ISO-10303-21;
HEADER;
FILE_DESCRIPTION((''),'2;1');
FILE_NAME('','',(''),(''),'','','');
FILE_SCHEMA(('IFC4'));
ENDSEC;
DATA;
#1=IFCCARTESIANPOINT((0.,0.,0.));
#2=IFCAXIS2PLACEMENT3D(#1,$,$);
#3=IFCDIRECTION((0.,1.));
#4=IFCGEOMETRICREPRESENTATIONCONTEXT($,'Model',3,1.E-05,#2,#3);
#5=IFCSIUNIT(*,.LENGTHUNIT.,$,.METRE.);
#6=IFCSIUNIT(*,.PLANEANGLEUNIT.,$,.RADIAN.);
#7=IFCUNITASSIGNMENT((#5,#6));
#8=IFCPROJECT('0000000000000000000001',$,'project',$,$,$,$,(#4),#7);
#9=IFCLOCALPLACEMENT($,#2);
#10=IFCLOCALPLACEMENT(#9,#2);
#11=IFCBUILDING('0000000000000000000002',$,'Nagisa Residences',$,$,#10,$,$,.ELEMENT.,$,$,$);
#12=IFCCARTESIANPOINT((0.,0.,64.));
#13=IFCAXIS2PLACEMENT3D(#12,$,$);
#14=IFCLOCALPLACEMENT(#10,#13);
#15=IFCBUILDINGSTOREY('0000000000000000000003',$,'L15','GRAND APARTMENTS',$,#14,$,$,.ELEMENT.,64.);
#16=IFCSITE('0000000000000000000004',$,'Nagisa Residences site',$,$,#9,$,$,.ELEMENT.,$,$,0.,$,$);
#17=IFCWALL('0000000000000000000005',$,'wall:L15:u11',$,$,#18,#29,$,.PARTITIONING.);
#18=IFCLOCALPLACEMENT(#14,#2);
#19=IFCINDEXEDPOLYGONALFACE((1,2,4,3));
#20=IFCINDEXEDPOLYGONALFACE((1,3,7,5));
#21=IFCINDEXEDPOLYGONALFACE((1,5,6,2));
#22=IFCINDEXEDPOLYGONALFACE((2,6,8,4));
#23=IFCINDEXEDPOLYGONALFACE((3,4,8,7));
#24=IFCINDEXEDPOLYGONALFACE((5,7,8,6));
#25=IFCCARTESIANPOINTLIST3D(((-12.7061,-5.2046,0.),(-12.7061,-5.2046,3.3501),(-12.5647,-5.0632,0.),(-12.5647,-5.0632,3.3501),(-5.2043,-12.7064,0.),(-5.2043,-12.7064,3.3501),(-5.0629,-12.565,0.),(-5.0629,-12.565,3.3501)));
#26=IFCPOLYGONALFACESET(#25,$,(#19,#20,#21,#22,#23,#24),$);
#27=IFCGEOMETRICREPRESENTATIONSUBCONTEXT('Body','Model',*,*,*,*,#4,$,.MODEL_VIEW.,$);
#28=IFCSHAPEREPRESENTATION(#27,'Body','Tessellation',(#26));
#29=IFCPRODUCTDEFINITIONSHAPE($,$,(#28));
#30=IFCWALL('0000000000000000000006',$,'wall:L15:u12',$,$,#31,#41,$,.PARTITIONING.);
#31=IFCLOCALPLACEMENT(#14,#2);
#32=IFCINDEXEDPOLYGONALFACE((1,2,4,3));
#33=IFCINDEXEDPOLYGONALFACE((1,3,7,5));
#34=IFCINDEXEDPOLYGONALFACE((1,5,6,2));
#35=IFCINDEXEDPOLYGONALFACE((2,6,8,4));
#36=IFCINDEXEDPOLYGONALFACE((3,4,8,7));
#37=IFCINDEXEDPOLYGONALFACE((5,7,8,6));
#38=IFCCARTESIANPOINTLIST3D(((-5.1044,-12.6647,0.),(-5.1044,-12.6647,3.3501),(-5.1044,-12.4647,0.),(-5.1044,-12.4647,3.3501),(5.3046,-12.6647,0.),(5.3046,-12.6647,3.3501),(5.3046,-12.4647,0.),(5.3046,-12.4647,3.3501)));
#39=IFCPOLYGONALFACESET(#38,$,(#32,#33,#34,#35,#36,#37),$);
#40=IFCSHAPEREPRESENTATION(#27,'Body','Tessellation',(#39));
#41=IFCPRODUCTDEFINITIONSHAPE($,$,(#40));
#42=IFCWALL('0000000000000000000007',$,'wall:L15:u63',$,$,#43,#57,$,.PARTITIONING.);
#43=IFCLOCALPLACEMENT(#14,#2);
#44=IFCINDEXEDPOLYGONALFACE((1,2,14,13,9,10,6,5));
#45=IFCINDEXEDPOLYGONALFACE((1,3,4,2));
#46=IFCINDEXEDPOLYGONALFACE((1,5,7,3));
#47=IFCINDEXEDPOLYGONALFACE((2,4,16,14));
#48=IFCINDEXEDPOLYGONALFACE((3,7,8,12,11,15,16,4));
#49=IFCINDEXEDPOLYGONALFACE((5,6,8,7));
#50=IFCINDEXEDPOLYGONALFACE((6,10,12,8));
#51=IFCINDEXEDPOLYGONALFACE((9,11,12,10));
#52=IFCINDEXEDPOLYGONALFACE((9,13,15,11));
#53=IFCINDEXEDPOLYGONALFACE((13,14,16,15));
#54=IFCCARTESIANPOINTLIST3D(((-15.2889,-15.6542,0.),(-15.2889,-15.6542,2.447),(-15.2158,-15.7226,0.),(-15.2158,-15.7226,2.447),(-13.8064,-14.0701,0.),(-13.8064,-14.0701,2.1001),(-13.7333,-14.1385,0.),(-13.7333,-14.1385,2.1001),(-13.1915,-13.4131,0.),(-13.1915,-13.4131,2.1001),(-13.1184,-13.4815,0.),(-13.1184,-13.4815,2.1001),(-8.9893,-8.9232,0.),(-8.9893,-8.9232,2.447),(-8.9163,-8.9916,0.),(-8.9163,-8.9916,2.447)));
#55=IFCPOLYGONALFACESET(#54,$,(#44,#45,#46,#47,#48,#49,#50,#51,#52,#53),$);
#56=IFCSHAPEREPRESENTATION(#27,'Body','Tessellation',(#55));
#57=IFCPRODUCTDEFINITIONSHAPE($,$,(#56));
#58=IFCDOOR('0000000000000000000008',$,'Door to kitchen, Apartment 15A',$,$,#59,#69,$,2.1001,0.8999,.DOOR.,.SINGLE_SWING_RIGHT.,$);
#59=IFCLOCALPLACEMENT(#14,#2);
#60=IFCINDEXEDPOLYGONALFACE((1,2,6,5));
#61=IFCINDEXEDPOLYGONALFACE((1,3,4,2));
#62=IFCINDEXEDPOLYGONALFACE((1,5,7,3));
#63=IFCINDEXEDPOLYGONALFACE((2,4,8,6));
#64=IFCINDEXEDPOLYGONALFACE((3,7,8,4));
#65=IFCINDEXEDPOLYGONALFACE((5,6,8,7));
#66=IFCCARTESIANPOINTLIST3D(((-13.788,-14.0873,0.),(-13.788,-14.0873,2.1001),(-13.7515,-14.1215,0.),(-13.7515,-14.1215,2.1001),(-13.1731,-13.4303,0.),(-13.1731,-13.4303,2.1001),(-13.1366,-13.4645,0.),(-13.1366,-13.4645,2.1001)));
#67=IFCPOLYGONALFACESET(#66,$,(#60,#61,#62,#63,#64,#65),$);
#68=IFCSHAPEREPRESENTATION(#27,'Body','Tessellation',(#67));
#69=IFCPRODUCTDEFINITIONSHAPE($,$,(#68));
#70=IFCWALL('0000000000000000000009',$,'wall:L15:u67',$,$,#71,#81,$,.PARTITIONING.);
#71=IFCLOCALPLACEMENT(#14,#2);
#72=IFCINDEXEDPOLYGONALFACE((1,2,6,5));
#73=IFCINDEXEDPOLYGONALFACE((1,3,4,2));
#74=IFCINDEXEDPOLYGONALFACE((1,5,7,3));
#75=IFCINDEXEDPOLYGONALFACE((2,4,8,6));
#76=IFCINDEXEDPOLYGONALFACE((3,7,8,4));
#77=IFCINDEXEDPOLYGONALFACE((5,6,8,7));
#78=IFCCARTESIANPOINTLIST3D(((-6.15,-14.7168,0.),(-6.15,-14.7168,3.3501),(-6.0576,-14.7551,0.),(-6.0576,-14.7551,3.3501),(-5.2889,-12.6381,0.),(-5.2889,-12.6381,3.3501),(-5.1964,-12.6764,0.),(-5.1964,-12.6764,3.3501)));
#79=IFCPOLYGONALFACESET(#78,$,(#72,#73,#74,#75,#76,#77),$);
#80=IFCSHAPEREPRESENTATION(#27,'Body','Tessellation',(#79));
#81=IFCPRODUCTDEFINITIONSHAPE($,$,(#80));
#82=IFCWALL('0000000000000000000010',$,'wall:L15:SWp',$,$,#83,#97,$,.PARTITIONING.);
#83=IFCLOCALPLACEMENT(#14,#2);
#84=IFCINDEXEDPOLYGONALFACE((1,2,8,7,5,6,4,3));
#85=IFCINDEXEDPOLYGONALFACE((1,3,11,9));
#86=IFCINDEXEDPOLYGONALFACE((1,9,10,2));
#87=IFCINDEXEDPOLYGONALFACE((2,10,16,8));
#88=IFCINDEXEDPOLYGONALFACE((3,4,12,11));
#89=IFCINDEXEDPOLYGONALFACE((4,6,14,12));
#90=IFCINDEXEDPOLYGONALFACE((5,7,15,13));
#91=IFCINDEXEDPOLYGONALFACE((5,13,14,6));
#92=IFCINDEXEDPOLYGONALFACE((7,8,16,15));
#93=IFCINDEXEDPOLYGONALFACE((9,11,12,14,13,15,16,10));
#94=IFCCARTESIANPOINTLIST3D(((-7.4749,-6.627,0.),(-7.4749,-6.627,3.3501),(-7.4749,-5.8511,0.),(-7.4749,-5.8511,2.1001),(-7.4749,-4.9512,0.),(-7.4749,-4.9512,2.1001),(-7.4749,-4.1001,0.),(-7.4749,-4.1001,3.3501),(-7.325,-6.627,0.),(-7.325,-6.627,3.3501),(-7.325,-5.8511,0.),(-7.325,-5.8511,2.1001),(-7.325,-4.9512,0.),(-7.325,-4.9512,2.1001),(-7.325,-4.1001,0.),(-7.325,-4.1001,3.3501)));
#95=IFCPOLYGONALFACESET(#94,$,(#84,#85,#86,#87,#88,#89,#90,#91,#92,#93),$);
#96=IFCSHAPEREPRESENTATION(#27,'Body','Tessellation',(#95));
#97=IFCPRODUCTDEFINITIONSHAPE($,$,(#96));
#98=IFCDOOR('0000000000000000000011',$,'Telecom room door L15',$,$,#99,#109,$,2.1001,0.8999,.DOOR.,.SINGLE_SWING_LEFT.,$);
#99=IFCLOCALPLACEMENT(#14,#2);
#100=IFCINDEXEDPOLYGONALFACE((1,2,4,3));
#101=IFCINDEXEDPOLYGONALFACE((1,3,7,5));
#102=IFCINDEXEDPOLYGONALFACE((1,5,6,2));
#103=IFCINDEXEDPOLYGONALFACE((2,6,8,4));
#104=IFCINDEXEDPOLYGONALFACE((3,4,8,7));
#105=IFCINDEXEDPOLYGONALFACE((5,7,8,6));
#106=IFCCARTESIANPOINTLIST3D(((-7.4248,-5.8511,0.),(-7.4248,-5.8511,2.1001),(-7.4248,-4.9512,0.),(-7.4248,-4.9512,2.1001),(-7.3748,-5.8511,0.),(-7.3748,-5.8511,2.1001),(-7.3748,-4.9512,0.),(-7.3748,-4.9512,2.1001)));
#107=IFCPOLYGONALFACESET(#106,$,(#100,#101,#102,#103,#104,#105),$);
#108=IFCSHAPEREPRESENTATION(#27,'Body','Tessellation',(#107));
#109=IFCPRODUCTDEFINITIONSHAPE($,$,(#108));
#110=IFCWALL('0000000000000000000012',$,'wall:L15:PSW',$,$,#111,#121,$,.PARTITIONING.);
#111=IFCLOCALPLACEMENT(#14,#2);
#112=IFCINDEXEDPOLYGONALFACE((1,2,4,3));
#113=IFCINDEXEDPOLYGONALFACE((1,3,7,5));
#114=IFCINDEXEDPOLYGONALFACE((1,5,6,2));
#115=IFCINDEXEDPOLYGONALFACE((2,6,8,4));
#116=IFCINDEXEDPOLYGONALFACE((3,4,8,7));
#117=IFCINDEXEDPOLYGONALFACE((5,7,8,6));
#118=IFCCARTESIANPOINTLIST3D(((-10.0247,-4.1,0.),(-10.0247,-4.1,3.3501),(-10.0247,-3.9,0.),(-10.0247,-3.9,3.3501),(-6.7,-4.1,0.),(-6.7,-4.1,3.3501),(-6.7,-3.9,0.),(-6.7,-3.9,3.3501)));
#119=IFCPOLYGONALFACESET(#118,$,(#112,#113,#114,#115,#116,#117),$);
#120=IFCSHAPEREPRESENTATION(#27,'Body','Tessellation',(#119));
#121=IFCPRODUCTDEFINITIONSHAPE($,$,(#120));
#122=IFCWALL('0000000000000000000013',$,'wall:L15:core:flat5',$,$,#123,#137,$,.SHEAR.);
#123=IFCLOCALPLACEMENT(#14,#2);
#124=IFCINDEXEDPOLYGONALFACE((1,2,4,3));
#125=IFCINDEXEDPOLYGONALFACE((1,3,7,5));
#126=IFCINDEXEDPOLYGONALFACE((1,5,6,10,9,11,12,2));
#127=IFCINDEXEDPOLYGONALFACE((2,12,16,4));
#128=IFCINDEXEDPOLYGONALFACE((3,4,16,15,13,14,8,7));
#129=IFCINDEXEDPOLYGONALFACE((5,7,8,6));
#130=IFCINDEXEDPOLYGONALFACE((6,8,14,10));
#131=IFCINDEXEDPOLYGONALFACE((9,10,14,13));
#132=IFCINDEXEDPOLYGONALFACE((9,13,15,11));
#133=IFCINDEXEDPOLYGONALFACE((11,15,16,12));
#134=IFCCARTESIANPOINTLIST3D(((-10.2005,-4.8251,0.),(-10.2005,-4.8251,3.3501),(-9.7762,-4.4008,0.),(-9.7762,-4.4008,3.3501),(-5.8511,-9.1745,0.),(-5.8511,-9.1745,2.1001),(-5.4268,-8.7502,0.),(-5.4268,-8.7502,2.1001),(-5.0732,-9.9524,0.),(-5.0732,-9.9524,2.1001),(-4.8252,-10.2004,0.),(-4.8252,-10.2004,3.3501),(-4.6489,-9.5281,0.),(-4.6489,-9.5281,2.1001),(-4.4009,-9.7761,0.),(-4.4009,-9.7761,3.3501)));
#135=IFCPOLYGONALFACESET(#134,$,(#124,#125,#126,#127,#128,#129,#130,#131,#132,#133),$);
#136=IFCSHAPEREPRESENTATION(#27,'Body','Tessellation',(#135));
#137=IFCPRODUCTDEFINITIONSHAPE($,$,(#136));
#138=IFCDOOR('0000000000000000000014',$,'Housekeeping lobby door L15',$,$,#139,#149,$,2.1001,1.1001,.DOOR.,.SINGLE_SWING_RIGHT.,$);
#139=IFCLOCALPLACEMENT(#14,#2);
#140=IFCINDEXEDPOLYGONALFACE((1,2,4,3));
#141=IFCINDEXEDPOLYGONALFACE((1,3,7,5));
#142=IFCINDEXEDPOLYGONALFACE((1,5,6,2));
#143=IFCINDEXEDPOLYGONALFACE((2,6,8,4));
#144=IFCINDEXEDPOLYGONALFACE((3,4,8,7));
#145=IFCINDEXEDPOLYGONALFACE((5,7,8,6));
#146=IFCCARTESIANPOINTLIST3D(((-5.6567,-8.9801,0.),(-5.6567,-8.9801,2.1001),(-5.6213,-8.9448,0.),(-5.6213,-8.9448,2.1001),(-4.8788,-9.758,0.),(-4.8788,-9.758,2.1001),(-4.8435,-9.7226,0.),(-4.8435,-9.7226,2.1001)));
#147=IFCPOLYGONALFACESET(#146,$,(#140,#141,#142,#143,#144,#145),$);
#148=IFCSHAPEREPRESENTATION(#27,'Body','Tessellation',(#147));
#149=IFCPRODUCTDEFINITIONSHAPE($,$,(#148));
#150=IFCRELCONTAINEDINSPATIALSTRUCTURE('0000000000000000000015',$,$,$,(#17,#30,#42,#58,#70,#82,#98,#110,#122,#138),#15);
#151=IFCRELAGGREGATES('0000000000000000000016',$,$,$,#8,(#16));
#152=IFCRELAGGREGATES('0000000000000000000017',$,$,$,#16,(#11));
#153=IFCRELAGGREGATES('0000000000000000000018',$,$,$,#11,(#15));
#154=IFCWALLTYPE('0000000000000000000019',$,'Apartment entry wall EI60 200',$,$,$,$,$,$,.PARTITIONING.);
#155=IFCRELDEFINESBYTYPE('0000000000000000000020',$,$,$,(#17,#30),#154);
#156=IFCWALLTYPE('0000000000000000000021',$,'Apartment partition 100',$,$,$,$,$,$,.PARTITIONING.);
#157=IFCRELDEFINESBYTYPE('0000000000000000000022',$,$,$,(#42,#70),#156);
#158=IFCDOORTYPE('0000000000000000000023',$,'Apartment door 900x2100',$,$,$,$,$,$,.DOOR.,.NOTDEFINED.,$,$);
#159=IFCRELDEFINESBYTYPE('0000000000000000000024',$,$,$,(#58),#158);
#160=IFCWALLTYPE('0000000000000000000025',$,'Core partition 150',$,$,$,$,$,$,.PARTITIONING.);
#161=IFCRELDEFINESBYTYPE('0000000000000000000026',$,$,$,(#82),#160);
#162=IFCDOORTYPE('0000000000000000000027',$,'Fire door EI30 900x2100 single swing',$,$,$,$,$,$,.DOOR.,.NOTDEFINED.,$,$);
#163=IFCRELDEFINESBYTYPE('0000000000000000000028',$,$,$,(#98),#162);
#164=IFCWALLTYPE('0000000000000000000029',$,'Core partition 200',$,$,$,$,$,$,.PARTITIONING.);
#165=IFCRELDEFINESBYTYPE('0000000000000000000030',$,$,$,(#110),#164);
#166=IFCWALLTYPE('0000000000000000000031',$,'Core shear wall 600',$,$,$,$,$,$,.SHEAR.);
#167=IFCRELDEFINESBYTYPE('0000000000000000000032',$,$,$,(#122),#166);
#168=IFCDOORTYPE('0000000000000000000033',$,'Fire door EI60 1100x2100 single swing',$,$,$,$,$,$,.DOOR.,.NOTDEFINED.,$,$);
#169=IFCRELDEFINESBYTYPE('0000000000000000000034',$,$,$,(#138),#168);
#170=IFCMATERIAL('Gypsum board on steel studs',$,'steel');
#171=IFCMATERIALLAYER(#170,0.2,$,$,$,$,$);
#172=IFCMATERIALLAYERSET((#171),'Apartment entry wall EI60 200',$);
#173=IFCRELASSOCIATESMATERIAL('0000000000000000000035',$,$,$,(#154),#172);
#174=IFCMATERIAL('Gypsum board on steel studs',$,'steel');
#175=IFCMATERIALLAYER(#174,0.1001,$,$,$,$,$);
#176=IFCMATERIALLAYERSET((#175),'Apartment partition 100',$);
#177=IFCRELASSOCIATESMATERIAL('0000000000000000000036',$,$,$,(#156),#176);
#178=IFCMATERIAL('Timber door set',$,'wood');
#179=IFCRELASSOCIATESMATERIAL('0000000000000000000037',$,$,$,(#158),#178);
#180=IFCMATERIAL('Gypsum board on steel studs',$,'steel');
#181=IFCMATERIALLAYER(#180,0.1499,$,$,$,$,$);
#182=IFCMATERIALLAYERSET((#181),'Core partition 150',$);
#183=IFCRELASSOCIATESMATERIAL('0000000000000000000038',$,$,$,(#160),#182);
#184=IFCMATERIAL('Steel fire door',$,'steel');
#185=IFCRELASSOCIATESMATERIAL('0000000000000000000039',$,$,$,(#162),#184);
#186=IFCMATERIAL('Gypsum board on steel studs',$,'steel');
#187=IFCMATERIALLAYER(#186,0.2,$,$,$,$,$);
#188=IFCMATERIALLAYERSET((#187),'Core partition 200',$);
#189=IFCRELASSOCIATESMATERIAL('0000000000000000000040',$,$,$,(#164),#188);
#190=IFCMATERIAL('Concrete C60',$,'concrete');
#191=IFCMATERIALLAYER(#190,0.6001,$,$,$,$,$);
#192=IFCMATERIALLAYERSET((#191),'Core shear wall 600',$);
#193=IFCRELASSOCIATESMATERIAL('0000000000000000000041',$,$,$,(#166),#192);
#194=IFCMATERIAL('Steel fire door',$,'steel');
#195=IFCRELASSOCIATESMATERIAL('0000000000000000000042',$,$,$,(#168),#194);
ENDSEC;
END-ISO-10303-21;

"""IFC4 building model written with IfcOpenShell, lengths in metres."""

from ifc_helpers import new_model, si_unit, direction, frame, frame_2d, origin, place, context, subcontext, project, spatial, rectangle, extrude, material, layer, layer_set, type_object, element, fill, save


model = new_model("IFC4")

# Units and contexts
model_context = context("Model", 3, precision=1e-05, world=origin(), true_north=direction((0.0, 1.0)))
body_context = subcontext(model_context, "Body", "Model", "MODEL_VIEW")
ifc_project = project(units=[si_unit("LENGTHUNIT", "METRE"), si_unit("PLANEANGLEUNIT", "RADIAN")], contexts=[model_context])

# Site, building, storey
site_placement = place(None, origin())
site = spatial("IfcSite", under=ifc_project, at=site_placement, Name="Nagisa Residences site", CompositionType="ELEMENT", RefElevation=0.0)
building_placement = place(site_placement, origin())
building = spatial("IfcBuilding", under=site, at=building_placement, Name="Nagisa Residences", CompositionType="ELEMENT")
storey_placement = place(building_placement, frame((0.0, 0.0, 64.0)))
storey = spatial("IfcBuildingStorey", under=building, at=storey_placement, Name="L15", Description="GRAND APARTMENTS", CompositionType="ELEMENT", Elevation=64.0)

# Walls
ifc_material_1 = material(Name="Gypsum board on steel studs", Category="steel")
ifc_layer_1 = layer(ifc_material_1, 0.2)
ifc_layer_set_1 = layer_set([ifc_layer_1], Name="Apartment entry wall EI60 200")
wall_type_1 = type_object("IfcWallType", Name="Apartment entry wall EI60 200", PredefinedType="PARTITIONING", material=ifc_layer_set_1)
wall_1_placement = place(storey_placement, frame((-12.6355, -5.1338, 0.0), z_axis=(0.0, 0.0, 1.0), x_axis=(0.707107, -0.707107, 0.0)))
element("IfcWall", 1, at=wall_1_placement, inside=storey, type_object=wall_type_1, Name="wall:L15:u11", PredefinedType="PARTITIONING", context=body_context, shape_type="SweptSolid", body=[
    extrude(rectangle(XDim=10.6091, YDim=0.2, at=frame_2d((5.3047, 0.0))), origin(), (0.0, 0.0, 1.0), 3.3501),
])
wall_2_placement = place(storey_placement, frame((-5.1045, -12.5647, 0.0), z_axis=(0.0, 0.0, 1.0), x_axis=(1.0, 0.0, 0.0)))
element("IfcWall", 2, at=wall_2_placement, inside=storey, type_object=wall_type_1, Name="wall:L15:u12", PredefinedType="PARTITIONING", context=body_context, shape_type="SweptSolid", body=[
    extrude(rectangle(XDim=10.4089, YDim=0.2, at=frame_2d((5.2046, 0.0))), origin(), (0.0, 0.0, 1.0), 3.3501),
])

# Wall, opening, door
ifc_material_2 = material(Name="Gypsum board on steel studs", Category="steel")
ifc_layer_2 = layer(ifc_material_2, 0.1001)
ifc_layer_set_2 = layer_set([ifc_layer_2], Name="Apartment partition 100")
wall_type_2 = type_object("IfcWallType", Name="Apartment partition 100", PredefinedType="PARTITIONING", material=ifc_layer_set_2)
wall_3_placement = place(storey_placement, frame((-8.9529, -8.9575, 0.0), z_axis=(0.0, 0.0, 1.0), x_axis=(-0.683322, -0.730117, 0.0)))
wall_3 = element("IfcWall", 3, at=wall_3_placement, inside=storey, type_object=wall_type_2, Name="wall:L15:u63", PredefinedType="PARTITIONING", context=body_context, shape_type="SweptSolid", body=[
    extrude(rectangle(XDim=9.219, YDim=0.1001, at=frame_2d((4.6094, 0.0))), origin(), (0.0, 0.0, 1.0), 2.447),
])
opening_1_placement = place(wall_3_placement, frame((6.1494, 0.0, 0.0)))
opening_1 = element("IfcOpeningElement", 4, at=opening_1_placement, cuts=wall_3, PredefinedType="OPENING", context=body_context, shape_type="SweptSolid", body=[
    extrude(rectangle(XDim=0.8999, YDim=2.1001, at=frame_2d((0.45, 1.05))), frame((0.0, 0.0601, 0.0), z_axis=(0.0, -1.0, 0.0), x_axis=(1.0, 0.0, 0.0)), (0.0, 0.0, 1.0), 0.1201),
])
ifc_material_3 = material(Name="Timber door set", Category="wood")
door_type_1 = type_object("IfcDoorType", Name="Apartment door 900x2100", OperationType="NOTDEFINED", PredefinedType="DOOR", material=ifc_material_3)
door_1_placement = place(opening_1_placement, frame((0.8999, 0.0, 0.0), x_axis=(-1.0, 0.0, 0.0)))
door_1 = element("IfcDoor", 5, at=door_1_placement, inside=storey, type_object=door_type_1, Name="Door to kitchen, Apartment 15A", OperationType="SINGLE_SWING_RIGHT", OverallHeight=2.1001, OverallWidth=0.8999, PredefinedType="DOOR", context=body_context, shape_type="SweptSolid", body=[
    extrude(rectangle(XDim=0.8999, YDim=2.1001, at=frame_2d((0.45, 1.05))), frame((0.0, 0.0249, 0.0), z_axis=(0.0, -1.0, 0.0), x_axis=(1.0, 0.0, 0.0)), (0.0, 0.0, 1.0), 0.05),
])
fill(opening_1, door_1)

# Wall
wall_4_placement = place(storey_placement, frame((-5.2427, -12.6572, 0.0), z_axis=(0.0, 0.0, 1.0), x_axis=(-0.382719, -0.923865, 0.0)))
element("IfcWall", 6, at=wall_4_placement, inside=storey, type_object=wall_type_2, Name="wall:L15:u67", PredefinedType="PARTITIONING", context=body_context, shape_type="SweptSolid", body=[
    extrude(rectangle(XDim=2.25, YDim=0.1001, at=frame_2d((1.125, 0.0))), origin(), (0.0, 0.0, 1.0), 3.3501),
])

# Wall, opening, door
ifc_material_4 = material(Name="Gypsum board on steel studs", Category="steel")
ifc_layer_3 = layer(ifc_material_4, 0.1499)
ifc_layer_set_3 = layer_set([ifc_layer_3], Name="Core partition 150")
wall_type_3 = type_object("IfcWallType", Name="Core partition 150", PredefinedType="PARTITIONING", material=ifc_layer_set_3)
wall_5_placement = place(storey_placement, frame((-7.3999, -6.627, 0.0), z_axis=(0.0, 0.0, 1.0), x_axis=(0.0, 1.0, 0.0)))
wall_5 = element("IfcWall", 7, at=wall_5_placement, inside=storey, type_object=wall_type_3, Name="wall:L15:SWp", PredefinedType="PARTITIONING", context=body_context, shape_type="SweptSolid", body=[
    extrude(rectangle(XDim=2.5269, YDim=0.1499, at=frame_2d((1.2634, 0.0))), origin(), (0.0, 0.0, 1.0), 3.3501),
])
opening_2_placement = place(wall_5_placement, frame((0.7759, 0.0, 0.0)))
opening_2 = element("IfcOpeningElement", 8, at=opening_2_placement, cuts=wall_5, PredefinedType="OPENING", context=body_context, shape_type="SweptSolid", body=[
    extrude(rectangle(XDim=0.8999, YDim=2.1001, at=frame_2d((0.45, 1.05))), frame((0.0, 0.085, 0.0), z_axis=(0.0, -1.0, 0.0), x_axis=(1.0, 0.0, 0.0)), (0.0, 0.0, 1.0), 0.1699),
])
ifc_material_5 = material(Name="Steel fire door", Category="steel")
door_type_2 = type_object("IfcDoorType", Name="Fire door EI30 900x2100 single swing", OperationType="NOTDEFINED", PredefinedType="DOOR", material=ifc_material_5)
door_2_placement = place(opening_2_placement, origin())
door_2 = element("IfcDoor", 9, at=door_2_placement, inside=storey, type_object=door_type_2, Name="Telecom room door L15", OperationType="SINGLE_SWING_LEFT", OverallHeight=2.1001, OverallWidth=0.8999, PredefinedType="DOOR", context=body_context, shape_type="SweptSolid", body=[
    extrude(rectangle(XDim=0.8999, YDim=2.1001, at=frame_2d((0.45, 1.05))), frame((0.0, 0.0249, 0.0), z_axis=(0.0, -1.0, 0.0), x_axis=(1.0, 0.0, 0.0)), (0.0, 0.0, 1.0), 0.05),
])
fill(opening_2, door_2)

# Wall
ifc_material_6 = material(Name="Gypsum board on steel studs", Category="steel")
ifc_layer_4 = layer(ifc_material_6, 0.2)
ifc_layer_set_4 = layer_set([ifc_layer_4], Name="Core partition 200")
wall_type_4 = type_object("IfcWallType", Name="Core partition 200", PredefinedType="PARTITIONING", material=ifc_layer_set_4)
wall_6_placement = place(storey_placement, frame((-10.0247, -4.0, 0.0), z_axis=(0.0, 0.0, 1.0), x_axis=(1.0, 0.0, 0.0)))
element("IfcWall", 10, at=wall_6_placement, inside=storey, type_object=wall_type_4, Name="wall:L15:PSW", PredefinedType="PARTITIONING", context=body_context, shape_type="SweptSolid", body=[
    extrude(rectangle(XDim=3.3247, YDim=0.2, at=frame_2d((1.6624, 0.0))), origin(), (0.0, 0.0, 1.0), 3.3501),
])

# Wall, opening, door
ifc_material_7 = material(Name="Concrete C60", Category="concrete")
ifc_layer_5 = layer(ifc_material_7, 0.6001)
ifc_layer_set_5 = layer_set([ifc_layer_5], Name="Core shear wall 600")
wall_type_5 = type_object("IfcWallType", Name="Core shear wall 600", PredefinedType="SHEAR", material=ifc_layer_set_5)
wall_7_placement = place(storey_placement, frame((-9.9883, -4.613, 0.0), z_axis=(0.0, 0.0, 1.0), x_axis=(0.707107, -0.707107, 0.0)))
wall_7 = element("IfcWall", 11, at=wall_7_placement, inside=storey, type_object=wall_type_5, Name="wall:L15:core:flat5", PredefinedType="SHEAR", context=body_context, shape_type="SweptSolid", body=[
    extrude(rectangle(XDim=7.6018, YDim=0.6001, at=frame_2d((3.8008, 0.0))), origin(), (0.0, 0.0, 1.0), 3.3501),
])
opening_3_placement = place(wall_7_placement, frame((6.1509, 0.0, 0.0)))
opening_3 = element("IfcOpeningElement", 12, at=opening_3_placement, cuts=wall_7, PredefinedType="OPENING", context=body_context, shape_type="SweptSolid", body=[
    extrude(rectangle(XDim=1.1001, YDim=2.1001, at=frame_2d((0.55, 1.05))), frame((0.0, 0.3101, 0.0), z_axis=(0.0, -1.0, 0.0), x_axis=(1.0, 0.0, 0.0)), (0.0, 0.0, 1.0), 0.6201),
])
ifc_material_8 = material(Name="Steel fire door", Category="steel")
door_type_3 = type_object("IfcDoorType", Name="Fire door EI60 1100x2100 single swing", OperationType="NOTDEFINED", PredefinedType="DOOR", material=ifc_material_8)
door_3_placement = place(opening_3_placement, origin())
door_3 = element("IfcDoor", 13, at=door_3_placement, inside=storey, type_object=door_type_3, Name="Housekeeping lobby door L15", OperationType="SINGLE_SWING_RIGHT", OverallHeight=2.1001, OverallWidth=1.1001, PredefinedType="DOOR", context=body_context, shape_type="SweptSolid", body=[
    extrude(rectangle(XDim=1.1001, YDim=2.1001, at=frame_2d((0.55, 1.05))), frame((0.0, 0.0249, 0.0), z_axis=(0.0, -1.0, 0.0), x_axis=(1.0, 0.0, 0.0)), (0.0, 0.0, 1.0), 0.05),
])
fill(opening_3, door_3)

save(model, "model.ifc")
